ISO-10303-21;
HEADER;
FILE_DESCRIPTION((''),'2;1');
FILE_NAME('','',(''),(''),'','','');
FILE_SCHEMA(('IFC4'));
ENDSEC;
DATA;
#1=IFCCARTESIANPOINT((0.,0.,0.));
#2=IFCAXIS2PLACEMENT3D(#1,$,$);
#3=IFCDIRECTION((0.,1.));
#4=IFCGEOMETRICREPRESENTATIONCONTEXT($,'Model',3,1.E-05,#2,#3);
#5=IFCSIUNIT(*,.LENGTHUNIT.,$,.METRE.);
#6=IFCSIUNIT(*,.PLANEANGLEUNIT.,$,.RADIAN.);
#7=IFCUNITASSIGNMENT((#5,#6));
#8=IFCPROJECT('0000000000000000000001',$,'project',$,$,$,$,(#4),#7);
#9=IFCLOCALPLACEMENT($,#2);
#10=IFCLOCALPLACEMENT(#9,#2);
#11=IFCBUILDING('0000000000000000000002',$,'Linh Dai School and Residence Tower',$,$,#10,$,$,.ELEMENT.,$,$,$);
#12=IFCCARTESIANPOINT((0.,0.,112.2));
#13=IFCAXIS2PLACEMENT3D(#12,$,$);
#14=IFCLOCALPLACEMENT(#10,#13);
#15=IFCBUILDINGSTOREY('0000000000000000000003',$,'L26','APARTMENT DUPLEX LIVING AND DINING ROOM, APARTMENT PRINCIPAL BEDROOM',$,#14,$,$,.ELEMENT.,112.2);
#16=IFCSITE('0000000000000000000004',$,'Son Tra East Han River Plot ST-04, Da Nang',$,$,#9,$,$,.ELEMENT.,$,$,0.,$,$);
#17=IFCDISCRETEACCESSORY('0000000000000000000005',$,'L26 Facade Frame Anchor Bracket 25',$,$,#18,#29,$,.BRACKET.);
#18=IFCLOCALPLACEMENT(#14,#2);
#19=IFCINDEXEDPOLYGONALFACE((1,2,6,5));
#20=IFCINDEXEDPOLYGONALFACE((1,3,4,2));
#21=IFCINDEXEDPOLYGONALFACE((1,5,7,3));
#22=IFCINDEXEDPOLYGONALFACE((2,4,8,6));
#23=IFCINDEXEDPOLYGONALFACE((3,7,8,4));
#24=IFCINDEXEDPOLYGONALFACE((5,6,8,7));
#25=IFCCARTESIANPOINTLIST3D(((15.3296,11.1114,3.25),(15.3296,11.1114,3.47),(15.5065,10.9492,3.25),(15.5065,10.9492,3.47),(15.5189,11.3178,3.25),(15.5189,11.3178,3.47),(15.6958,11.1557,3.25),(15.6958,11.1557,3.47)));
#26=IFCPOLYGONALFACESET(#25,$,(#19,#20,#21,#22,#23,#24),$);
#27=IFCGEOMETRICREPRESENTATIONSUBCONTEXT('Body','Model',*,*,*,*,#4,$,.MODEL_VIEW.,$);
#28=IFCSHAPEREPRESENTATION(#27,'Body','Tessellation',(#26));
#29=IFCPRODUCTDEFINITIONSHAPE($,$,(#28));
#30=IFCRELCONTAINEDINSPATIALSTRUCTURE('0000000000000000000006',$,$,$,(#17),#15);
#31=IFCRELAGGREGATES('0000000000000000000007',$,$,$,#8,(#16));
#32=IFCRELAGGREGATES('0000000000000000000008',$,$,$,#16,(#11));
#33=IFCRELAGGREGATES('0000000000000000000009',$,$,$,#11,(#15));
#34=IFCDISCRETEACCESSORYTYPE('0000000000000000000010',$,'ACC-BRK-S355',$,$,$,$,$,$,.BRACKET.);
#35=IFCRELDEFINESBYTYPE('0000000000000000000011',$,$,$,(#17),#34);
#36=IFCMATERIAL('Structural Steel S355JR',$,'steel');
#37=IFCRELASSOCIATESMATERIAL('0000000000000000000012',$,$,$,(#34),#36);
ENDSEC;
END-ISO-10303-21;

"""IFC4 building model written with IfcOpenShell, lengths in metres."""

from ifc_helpers import new_model, si_unit, direction, frame, origin, origin_2d, place, context, subcontext, project, spatial, rectangle, extrude, source, transform, mapped, material, type_object, element, save


model = new_model("IFC4")

# Units and contexts
model_context = context("Model", 3, precision=1e-05, world=origin(), true_north=direction((0.0, 1.0)))
body_context = subcontext(model_context, "Body", "Model", "MODEL_VIEW")
ifc_project = project(units=[si_unit("LENGTHUNIT", "METRE"), si_unit("PLANEANGLEUNIT", "RADIAN")], contexts=[model_context])

# Site, building, storey
site_placement = place(None, origin())
site = spatial("IfcSite", under=ifc_project, at=site_placement, Name="Son Tra East Han River Plot ST-04, Da Nang", CompositionType="ELEMENT", RefElevation=0.0)
building_placement = place(site_placement, origin())
building = spatial("IfcBuilding", under=site, at=building_placement, Name="Linh Dai School and Residence Tower", CompositionType="ELEMENT")
storey_placement = place(building_placement, frame((0.0, 0.0, 112.2)))
storey = spatial("IfcBuildingStorey", under=building, at=storey_placement, Name="L26", Description="APARTMENT DUPLEX LIVING AND DINING ROOM, APARTMENT PRINCIPAL BEDROOM", CompositionType="ELEMENT", Elevation=112.2)

# Shared definitions
ifc_material_1 = material(Name="Structural Steel S355JR", Category="steel")

# Discrete accessory
discrete_accessory_type = type_object("IfcDiscreteAccessoryType", Name="ACC-BRK-S355", PredefinedType="BRACKET", material=ifc_material_1)
shared_shape_1 = source(origin(), body_context, "Body", "SweptSolid", [
    extrude(rectangle(XDim=0.28, YDim=0.24, at=origin_2d()), origin(), (0.0, 0.0, 1.0), 0.22),
])
discrete_accessory_placement = place(storey_placement, frame((15.5127, 11.1335, 3.25), z_axis=(0.0, 0.0, 1.0), x_axis=(-0.675783, -0.7371, 0.0)))
element("IfcDiscreteAccessory", 1, at=discrete_accessory_placement, inside=storey, type_object=discrete_accessory_type, Name="L26 Facade Frame Anchor Bracket 25", PredefinedType="BRACKET", context=body_context, shape_type="MappedRepresentation", body=[
    mapped(shared_shape_1, transform((0.0, 0.0, 0.0), x_axis=(1.0, 0.0, 0.0), y_axis=(0.0, 1.0, 0.0), z_axis=(0.0, 0.0, 1.0), scale=1.0)),
])

save(model, "model.ifc")
